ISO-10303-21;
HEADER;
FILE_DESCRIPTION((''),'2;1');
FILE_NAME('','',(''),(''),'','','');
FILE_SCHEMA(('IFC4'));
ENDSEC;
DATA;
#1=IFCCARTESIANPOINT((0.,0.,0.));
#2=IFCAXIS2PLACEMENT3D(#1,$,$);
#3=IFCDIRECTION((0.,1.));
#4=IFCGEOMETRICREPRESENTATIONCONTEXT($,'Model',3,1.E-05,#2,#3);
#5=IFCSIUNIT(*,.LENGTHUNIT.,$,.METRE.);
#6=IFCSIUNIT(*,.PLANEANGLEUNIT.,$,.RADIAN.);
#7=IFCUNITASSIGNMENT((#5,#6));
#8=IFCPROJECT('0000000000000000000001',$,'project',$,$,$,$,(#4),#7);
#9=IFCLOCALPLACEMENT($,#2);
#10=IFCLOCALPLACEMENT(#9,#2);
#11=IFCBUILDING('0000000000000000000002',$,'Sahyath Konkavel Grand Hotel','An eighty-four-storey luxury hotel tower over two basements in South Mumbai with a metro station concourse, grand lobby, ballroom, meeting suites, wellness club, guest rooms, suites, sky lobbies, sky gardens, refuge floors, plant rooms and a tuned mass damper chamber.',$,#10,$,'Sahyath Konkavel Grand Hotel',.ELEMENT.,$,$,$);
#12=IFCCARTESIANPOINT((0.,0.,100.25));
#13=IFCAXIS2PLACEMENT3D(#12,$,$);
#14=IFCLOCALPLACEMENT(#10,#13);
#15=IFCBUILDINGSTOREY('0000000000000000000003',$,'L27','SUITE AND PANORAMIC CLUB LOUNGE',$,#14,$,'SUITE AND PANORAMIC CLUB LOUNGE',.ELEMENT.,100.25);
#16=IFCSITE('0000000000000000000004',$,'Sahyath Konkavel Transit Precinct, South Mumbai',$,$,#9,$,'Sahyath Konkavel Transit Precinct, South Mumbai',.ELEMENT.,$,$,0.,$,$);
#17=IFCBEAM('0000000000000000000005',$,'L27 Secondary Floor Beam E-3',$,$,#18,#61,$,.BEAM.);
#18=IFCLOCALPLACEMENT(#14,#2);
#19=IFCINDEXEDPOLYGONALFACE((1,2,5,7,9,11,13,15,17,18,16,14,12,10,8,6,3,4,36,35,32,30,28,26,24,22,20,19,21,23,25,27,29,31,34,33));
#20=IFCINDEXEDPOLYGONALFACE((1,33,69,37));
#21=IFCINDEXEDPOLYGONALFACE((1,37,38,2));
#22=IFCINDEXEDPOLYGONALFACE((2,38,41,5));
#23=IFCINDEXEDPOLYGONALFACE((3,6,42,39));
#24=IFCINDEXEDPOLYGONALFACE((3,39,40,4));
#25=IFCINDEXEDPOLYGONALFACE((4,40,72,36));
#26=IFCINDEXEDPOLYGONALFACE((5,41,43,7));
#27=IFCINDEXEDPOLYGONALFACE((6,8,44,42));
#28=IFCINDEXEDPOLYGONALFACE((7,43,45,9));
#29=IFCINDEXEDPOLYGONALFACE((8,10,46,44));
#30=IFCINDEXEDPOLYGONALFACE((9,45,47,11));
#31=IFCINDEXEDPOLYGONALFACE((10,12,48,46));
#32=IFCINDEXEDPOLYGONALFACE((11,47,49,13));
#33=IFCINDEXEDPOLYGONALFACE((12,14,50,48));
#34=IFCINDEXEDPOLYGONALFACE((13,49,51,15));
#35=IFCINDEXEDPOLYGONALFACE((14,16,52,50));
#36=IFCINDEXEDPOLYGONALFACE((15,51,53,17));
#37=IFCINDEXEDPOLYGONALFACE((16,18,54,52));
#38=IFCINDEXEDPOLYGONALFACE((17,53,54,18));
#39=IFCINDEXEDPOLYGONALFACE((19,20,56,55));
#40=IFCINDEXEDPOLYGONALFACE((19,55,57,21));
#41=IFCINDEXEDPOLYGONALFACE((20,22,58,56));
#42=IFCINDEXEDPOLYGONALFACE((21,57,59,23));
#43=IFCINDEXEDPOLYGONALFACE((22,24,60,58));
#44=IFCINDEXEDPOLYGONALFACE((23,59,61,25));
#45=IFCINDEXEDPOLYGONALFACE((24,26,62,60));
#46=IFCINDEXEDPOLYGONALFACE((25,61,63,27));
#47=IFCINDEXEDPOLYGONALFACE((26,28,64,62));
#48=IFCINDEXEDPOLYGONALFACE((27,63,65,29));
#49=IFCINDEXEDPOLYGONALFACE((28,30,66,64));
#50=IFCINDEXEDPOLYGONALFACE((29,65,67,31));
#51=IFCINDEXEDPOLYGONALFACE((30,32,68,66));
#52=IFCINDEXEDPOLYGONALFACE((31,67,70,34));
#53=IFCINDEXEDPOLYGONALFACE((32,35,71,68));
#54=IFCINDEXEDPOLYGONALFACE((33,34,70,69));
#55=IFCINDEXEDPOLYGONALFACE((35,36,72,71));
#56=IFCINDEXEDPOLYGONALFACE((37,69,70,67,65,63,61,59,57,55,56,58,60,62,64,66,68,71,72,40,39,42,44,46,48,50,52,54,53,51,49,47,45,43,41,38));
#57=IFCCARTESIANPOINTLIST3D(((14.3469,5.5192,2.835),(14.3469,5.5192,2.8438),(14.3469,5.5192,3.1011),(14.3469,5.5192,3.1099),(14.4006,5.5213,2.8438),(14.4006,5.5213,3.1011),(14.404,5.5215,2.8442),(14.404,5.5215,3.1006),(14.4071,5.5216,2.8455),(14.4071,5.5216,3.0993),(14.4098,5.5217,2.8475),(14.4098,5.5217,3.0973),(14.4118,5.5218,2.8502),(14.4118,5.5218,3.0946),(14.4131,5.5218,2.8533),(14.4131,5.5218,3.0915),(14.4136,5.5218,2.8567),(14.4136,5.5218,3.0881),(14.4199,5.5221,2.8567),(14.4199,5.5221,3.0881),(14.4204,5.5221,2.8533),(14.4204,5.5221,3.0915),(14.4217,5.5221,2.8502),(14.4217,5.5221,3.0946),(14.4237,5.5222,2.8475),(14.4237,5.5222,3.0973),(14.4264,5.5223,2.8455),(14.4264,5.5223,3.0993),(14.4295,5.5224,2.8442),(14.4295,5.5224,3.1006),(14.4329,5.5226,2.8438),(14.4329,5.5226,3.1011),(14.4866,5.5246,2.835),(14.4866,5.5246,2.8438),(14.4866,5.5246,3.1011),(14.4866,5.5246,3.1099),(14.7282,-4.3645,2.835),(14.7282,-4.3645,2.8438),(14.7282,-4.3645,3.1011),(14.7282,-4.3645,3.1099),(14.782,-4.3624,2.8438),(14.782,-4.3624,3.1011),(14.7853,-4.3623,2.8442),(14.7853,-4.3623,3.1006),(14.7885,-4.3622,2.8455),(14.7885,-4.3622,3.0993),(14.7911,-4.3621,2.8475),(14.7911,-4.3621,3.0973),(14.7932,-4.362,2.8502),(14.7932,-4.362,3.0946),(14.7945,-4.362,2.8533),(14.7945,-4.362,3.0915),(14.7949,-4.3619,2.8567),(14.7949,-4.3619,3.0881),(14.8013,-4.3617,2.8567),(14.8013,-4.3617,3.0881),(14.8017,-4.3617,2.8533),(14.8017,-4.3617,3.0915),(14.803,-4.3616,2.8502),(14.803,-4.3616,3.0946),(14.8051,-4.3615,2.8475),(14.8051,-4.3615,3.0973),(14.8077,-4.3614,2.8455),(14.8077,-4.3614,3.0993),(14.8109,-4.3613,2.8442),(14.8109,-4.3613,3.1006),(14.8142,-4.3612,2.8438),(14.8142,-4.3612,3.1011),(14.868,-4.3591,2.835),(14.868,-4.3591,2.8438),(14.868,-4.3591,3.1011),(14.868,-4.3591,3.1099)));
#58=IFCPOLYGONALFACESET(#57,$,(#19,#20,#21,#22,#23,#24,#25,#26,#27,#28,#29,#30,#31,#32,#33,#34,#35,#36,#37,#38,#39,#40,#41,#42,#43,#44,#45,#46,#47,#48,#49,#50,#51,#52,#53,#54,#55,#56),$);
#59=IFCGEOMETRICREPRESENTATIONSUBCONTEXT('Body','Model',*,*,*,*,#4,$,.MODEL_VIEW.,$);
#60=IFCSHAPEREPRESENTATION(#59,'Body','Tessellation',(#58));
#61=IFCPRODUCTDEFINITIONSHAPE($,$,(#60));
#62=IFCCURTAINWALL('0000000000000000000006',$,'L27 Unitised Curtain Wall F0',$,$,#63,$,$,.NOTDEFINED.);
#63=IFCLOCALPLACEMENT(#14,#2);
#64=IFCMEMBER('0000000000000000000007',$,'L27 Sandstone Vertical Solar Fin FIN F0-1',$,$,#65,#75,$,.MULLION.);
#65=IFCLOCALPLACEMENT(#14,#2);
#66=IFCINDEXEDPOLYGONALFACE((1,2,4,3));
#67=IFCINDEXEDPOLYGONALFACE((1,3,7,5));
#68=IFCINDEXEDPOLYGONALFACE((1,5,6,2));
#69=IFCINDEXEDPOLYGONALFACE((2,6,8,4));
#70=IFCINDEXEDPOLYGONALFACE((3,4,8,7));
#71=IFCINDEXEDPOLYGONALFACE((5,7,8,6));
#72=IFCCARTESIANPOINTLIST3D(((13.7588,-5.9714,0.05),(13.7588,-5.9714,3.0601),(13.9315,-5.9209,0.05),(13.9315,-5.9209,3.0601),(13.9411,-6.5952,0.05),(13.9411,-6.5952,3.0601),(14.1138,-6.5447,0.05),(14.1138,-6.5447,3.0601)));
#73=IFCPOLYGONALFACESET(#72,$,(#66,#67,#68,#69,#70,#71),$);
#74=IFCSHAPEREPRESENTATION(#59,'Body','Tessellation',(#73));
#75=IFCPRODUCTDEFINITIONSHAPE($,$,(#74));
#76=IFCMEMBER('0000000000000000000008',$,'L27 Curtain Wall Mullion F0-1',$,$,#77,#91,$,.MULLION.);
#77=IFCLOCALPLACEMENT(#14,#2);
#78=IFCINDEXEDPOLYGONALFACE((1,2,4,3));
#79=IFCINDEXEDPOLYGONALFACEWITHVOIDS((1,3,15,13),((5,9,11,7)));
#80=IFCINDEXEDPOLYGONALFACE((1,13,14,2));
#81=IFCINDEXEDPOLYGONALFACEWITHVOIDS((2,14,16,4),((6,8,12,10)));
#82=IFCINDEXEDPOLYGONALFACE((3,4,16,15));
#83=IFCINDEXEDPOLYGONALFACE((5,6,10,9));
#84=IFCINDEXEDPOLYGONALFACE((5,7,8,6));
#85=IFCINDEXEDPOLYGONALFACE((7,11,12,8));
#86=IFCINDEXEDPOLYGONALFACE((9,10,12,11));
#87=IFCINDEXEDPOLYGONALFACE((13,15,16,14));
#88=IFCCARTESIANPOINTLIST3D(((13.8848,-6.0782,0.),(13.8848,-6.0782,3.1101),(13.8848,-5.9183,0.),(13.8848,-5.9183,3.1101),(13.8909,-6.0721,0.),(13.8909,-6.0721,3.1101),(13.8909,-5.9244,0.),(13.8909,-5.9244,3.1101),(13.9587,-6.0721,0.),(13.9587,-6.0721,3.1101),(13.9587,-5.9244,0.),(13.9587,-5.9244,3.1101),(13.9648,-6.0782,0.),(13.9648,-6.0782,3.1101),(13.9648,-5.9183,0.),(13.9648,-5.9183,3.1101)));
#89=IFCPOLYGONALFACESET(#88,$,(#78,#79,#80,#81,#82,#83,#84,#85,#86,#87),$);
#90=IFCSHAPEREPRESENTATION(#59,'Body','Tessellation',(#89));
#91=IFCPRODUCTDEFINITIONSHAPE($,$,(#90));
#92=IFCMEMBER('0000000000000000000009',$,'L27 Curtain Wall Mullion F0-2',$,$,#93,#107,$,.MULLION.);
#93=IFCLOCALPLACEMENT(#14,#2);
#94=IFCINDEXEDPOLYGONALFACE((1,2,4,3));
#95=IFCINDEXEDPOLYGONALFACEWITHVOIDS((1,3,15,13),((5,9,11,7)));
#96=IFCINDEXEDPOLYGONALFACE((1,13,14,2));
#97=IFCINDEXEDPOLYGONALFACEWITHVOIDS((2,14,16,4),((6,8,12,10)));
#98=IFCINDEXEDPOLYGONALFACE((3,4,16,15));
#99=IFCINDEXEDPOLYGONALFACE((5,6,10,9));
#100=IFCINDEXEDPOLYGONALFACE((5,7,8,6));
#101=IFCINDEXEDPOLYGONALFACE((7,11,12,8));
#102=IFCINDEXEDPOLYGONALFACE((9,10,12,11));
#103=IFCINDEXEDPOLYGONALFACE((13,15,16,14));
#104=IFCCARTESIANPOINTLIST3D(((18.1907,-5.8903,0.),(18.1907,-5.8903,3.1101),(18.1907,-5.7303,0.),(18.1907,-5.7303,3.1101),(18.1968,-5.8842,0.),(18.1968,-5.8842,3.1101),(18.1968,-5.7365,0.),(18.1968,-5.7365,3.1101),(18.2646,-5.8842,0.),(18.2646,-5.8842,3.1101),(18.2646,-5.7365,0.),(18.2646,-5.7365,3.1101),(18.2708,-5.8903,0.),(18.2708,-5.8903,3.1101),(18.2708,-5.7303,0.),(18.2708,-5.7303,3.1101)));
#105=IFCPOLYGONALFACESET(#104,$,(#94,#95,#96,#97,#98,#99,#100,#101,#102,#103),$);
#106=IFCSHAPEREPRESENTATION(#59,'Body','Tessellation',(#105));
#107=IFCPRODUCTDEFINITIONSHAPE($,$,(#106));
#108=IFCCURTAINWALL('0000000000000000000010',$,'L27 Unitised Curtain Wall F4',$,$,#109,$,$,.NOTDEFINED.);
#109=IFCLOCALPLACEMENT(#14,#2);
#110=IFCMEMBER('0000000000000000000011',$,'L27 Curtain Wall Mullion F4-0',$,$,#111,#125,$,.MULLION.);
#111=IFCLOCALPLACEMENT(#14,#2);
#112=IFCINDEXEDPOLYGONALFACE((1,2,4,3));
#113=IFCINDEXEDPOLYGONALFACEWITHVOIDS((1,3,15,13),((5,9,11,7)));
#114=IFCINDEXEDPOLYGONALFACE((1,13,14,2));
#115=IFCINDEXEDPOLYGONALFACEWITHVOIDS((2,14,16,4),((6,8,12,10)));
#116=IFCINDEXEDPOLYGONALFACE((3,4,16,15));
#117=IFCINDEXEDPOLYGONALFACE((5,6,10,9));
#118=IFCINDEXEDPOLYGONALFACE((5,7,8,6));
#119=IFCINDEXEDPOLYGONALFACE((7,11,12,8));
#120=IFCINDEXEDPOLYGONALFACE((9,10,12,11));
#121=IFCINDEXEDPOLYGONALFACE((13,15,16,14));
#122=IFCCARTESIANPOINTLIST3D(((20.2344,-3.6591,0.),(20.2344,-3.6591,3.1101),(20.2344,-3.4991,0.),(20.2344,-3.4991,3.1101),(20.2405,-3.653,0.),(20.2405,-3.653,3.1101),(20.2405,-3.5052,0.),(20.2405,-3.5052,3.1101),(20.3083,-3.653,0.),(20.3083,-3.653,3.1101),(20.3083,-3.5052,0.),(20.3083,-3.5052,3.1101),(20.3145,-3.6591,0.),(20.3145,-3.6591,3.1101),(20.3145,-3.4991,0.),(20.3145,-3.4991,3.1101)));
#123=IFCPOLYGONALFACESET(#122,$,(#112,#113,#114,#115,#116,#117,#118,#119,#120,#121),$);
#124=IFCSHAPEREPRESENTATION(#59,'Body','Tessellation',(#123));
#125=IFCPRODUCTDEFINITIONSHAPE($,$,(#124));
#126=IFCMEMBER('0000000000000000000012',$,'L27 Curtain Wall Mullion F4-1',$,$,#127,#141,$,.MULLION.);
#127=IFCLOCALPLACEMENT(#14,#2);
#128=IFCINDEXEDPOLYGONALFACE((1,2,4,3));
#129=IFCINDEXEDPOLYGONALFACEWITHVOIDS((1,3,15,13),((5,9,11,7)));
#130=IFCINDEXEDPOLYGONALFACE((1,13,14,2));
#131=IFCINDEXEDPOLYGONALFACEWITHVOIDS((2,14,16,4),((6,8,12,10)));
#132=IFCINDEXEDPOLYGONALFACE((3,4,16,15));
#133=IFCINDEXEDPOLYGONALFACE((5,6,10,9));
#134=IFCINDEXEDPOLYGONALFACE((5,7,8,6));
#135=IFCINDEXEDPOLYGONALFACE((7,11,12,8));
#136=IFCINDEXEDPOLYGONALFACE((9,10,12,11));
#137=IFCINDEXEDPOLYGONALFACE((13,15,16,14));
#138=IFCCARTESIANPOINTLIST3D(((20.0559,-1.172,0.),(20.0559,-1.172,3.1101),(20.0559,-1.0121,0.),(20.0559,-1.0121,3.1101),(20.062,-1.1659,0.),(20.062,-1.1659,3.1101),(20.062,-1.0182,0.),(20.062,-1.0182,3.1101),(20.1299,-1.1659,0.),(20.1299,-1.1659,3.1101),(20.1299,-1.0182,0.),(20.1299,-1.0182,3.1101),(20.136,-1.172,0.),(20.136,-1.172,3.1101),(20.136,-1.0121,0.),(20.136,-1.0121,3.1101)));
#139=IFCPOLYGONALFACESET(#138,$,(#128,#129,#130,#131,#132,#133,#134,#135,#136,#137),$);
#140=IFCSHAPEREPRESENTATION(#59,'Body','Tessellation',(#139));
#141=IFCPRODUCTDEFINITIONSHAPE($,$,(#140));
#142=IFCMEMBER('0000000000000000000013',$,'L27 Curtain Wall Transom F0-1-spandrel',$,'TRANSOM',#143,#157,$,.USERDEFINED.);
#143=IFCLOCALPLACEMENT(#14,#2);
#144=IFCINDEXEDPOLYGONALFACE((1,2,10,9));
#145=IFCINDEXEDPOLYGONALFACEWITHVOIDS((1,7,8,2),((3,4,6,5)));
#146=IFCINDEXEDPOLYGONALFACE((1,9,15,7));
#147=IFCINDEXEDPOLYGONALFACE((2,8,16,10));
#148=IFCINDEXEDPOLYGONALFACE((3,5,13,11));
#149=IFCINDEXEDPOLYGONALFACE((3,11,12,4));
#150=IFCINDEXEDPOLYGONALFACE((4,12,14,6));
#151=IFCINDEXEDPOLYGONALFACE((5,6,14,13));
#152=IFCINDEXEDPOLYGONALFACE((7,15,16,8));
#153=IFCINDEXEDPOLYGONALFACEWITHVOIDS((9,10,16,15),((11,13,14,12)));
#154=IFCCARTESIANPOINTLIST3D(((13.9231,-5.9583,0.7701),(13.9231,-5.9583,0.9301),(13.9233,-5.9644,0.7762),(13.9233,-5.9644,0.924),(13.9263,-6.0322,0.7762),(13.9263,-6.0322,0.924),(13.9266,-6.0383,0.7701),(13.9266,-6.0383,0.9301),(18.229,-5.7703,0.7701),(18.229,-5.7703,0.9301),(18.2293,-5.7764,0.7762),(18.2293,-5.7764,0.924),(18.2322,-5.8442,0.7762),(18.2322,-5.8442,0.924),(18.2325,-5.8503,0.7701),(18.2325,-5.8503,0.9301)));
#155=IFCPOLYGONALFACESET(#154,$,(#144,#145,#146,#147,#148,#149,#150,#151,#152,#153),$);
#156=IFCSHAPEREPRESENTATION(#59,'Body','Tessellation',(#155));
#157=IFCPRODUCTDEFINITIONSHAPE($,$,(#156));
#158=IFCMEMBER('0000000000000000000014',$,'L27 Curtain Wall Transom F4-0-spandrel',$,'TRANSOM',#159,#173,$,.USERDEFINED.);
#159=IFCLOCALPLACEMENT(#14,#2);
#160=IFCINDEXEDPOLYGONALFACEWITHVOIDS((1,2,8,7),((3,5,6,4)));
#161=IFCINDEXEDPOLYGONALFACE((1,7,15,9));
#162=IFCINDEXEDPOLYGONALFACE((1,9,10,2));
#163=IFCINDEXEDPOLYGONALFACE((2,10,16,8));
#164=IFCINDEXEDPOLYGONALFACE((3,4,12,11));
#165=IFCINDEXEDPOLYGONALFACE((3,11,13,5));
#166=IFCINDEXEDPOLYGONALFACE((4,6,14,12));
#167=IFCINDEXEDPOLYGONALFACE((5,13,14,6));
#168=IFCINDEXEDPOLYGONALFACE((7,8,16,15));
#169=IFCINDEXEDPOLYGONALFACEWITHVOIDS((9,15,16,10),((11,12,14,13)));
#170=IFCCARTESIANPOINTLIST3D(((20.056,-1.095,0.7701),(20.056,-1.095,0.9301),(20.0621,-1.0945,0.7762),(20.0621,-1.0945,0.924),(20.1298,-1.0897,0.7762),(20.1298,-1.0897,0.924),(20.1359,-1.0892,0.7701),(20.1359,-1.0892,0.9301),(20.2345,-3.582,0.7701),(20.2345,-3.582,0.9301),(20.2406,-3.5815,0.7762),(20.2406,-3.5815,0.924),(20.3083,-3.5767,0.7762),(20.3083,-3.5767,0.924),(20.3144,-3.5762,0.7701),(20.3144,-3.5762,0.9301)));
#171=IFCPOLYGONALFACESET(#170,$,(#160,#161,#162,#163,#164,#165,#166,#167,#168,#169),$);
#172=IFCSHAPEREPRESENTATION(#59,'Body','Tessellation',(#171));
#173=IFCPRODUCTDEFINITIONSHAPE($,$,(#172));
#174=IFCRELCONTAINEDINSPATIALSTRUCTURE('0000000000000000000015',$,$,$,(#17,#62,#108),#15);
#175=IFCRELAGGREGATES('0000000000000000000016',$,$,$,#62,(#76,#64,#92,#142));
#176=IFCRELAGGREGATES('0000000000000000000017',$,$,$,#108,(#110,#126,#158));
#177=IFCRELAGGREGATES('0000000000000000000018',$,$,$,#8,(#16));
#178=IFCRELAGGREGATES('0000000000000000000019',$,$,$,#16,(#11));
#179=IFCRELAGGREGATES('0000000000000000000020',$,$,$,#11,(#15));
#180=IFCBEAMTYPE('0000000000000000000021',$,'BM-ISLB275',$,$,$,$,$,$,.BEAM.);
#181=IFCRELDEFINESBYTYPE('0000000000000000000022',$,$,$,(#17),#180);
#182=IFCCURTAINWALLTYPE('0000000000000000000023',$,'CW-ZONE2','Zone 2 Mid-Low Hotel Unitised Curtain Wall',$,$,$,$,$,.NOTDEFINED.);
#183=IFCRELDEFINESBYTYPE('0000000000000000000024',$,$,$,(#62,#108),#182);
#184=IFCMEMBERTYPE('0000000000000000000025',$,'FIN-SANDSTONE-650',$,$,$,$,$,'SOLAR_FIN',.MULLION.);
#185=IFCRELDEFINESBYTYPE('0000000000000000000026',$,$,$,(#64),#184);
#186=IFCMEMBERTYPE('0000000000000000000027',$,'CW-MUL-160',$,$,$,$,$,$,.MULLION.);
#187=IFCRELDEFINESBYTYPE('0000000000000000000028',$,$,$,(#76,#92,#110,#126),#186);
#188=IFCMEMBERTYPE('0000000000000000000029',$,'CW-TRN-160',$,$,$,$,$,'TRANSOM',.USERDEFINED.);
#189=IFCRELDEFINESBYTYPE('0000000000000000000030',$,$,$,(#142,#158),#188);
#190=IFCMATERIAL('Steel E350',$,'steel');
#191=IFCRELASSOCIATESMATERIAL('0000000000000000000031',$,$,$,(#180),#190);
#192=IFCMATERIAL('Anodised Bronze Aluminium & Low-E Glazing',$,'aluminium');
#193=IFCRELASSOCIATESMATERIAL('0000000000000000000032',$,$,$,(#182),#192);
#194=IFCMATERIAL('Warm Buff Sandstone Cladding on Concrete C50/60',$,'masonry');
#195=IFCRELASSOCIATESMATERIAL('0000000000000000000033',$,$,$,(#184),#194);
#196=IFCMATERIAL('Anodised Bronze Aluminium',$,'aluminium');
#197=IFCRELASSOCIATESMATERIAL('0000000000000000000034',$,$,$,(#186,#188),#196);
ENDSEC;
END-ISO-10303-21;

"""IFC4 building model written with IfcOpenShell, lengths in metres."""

from ifc_helpers import new_model, si_unit, direction, frame, origin, origin_2d, place, context, subcontext, project, spatial, rectangle, hollow_rectangle, i_section, extrude, source, transform, mapped, material, material_profile, profile_set, type_object, element, aggregate, save


model = new_model("IFC4")

# Units and contexts
model_context = context("Model", 3, precision=1e-05, world=origin(), true_north=direction((0.0, 1.0)))
body_context = subcontext(model_context, "Body", "Model", "MODEL_VIEW")
ifc_project = project(units=[si_unit("LENGTHUNIT", "METRE"), si_unit("PLANEANGLEUNIT", "RADIAN")], contexts=[model_context])

# Site, building, storey
site_placement = place(None, origin())
site = spatial("IfcSite", under=ifc_project, at=site_placement, Name="Sahyath Konkavel Transit Precinct, South Mumbai", LongName="Sahyath Konkavel Transit Precinct, South Mumbai", CompositionType="ELEMENT", RefElevation=0.0)
building_placement = place(site_placement, origin())
building = spatial("IfcBuilding", under=site, at=building_placement, Name="Sahyath Konkavel Grand Hotel", Description="An eighty-four-storey luxury hotel tower over two basements in South Mumbai with a metro station concourse, grand lobby, ballroom, meeting suites, wellness club, guest rooms, suites, sky lobbies, sky gardens, refuge floors, plant rooms and a tuned mass damper chamber.", LongName="Sahyath Konkavel Grand Hotel", CompositionType="ELEMENT")
storey_placement = place(building_placement, frame((0.0, 0.0, 100.25)))
storey = spatial("IfcBuildingStorey", under=building, at=storey_placement, Name="L27", Description="SUITE AND PANORAMIC CLUB LOUNGE", LongName="SUITE AND PANORAMIC CLUB LOUNGE", CompositionType="ELEMENT", Elevation=100.25)

# Beam
ifc_material_1 = material(Name="Steel E350", Category="steel")
ifc_material_profile_1 = material_profile(ifc_material_1, i_section(OverallWidth=0.1399, OverallDepth=0.2749, WebThickness=0.0063, FlangeThickness=0.0088, FilletRadius=0.0129, at=origin_2d()), Name="ISLB 275")
ifc_profile_set_1 = profile_set([ifc_material_profile_1], Name="Steel E350")
beam_type_1 = type_object("IfcBeamType", Name="BM-ISLB275", PredefinedType="BEAM", material=ifc_profile_set_1)
shared_shape_1 = source(origin(), body_context, "Body", "SweptSolid", [
    extrude(i_section(OverallWidth=0.1399, OverallDepth=0.2749, WebThickness=0.0063, FlangeThickness=0.0088, FilletRadius=0.0129, at=origin_2d()), origin(), (0.0, 0.0, 1.0), 9.8911),
])
beam_1_placement = place(storey_placement, frame((14.7981, -4.3618, 2.9724), z_axis=(-0.038554, 0.999257, 0.0), x_axis=(-0.999257, -0.038554, 0.0)))
element("IfcBeam", 1, at=beam_1_placement, inside=storey, type_object=beam_type_1, Name="L27 Secondary Floor Beam E-3", PredefinedType="BEAM", context=body_context, shape_type="MappedRepresentation", body=[
    mapped(shared_shape_1, transform((0.0, 0.0, 0.0), scale=1.0)),
])

# Curtain walls, members
ifc_material_2 = material(Name="Anodised Bronze Aluminium & Low-E Glazing", Category="aluminium")
curtain_wall_type = type_object("IfcCurtainWallType", Name="CW-ZONE2", Description="Zone 2 Mid-Low Hotel Unitised Curtain Wall", PredefinedType="NOTDEFINED", material=ifc_material_2)
curtain_wall_1_placement = place(storey_placement, origin())
curtain_wall_1 = element("IfcCurtainWall", 2, at=curtain_wall_1_placement, inside=storey, type_object=curtain_wall_type, Name="L27 Unitised Curtain Wall F0", PredefinedType="NOTDEFINED")
ifc_material_3 = material(Name="Warm Buff Sandstone Cladding on Concrete C50/60", Category="masonry")
ifc_material_profile_2 = material_profile(ifc_material_3, rectangle(XDim=0.1799, YDim=0.6499, at=origin_2d()), Name="FIN 180x650")
ifc_profile_set_2 = profile_set([ifc_material_profile_2], Name="Warm Buff Sandstone Cladding on Concrete C50/60")
member_type_1 = type_object("IfcMemberType", Name="FIN-SANDSTONE-650", ElementType="SOLAR_FIN", PredefinedType="MULLION", material=ifc_profile_set_2)
shared_shape_2 = source(origin(), body_context, "Body", "SweptSolid", [
    extrude(rectangle(XDim=0.1799, YDim=0.6499, at=origin_2d()), origin(), (0.0, 0.0, 1.0), 3.01),
])
member_1_placement = place(storey_placement, frame((13.9363, -6.2581, 0.05), z_axis=(0.0, 0.0, 1.0), x_axis=(0.959854, 0.280499, 0.0)))
member_1 = element("IfcMember", 3, at=member_1_placement, type_object=member_type_1, Name="L27 Sandstone Vertical Solar Fin FIN F0-1", PredefinedType="MULLION", context=body_context, shape_type="MappedRepresentation", body=[
    mapped(shared_shape_2, transform((0.0, 0.0, 0.0), scale=1.0)),
])
ifc_material_4 = material(Name="Anodised Bronze Aluminium", Category="aluminium")
ifc_material_profile_3 = material_profile(ifc_material_4, hollow_rectangle(XDim=0.0801, YDim=0.1599, WallThickness=0.0061, at=origin_2d()), Name="RHS 160x80x6")
ifc_profile_set_3 = profile_set([ifc_material_profile_3], Name="Anodised Bronze Aluminium")
member_type_2 = type_object("IfcMemberType", Name="CW-MUL-160", PredefinedType="MULLION", material=ifc_profile_set_3)
shared_shape_3 = source(origin(), body_context, "Body", "SweptSolid", [
    extrude(hollow_rectangle(XDim=0.0801, YDim=0.1599, WallThickness=0.0061, at=origin_2d()), origin(), (0.0, 0.0, 1.0), 3.1101),
])
member_2_placement = place(storey_placement, frame((13.9248, -5.9983, 0.0), z_axis=(0.0, 0.0, 1.0), x_axis=(1.0, 0.0, 0.0)))
member_2 = element("IfcMember", 4, at=member_2_placement, type_object=member_type_2, Name="L27 Curtain Wall Mullion F0-1", PredefinedType="MULLION", context=body_context, shape_type="MappedRepresentation", body=[
    mapped(shared_shape_3, transform((0.0, 0.0, 0.0), scale=1.0)),
])
member_3_placement = place(storey_placement, frame((18.2307, -5.8103, 0.0), z_axis=(0.0, 0.0, 1.0), x_axis=(1.0, 0.0, 0.0)))
member_3 = element("IfcMember", 5, at=member_3_placement, type_object=member_type_2, Name="L27 Curtain Wall Mullion F0-2", PredefinedType="MULLION", context=body_context, shape_type="MappedRepresentation", body=[
    mapped(shared_shape_3, transform((0.0, 0.0, 0.0), scale=1.0)),
])
curtain_wall_2_placement = place(storey_placement, origin())
curtain_wall_2 = element("IfcCurtainWall", 6, at=curtain_wall_2_placement, inside=storey, type_object=curtain_wall_type, Name="L27 Unitised Curtain Wall F4", PredefinedType="NOTDEFINED")
member_4_placement = place(storey_placement, frame((20.2744, -3.5791, 0.0), z_axis=(0.0, 0.0, 1.0), x_axis=(1.0, 0.0, 0.0)))
member_4 = element("IfcMember", 7, at=member_4_placement, type_object=member_type_2, Name="L27 Curtain Wall Mullion F4-0", PredefinedType="MULLION", context=body_context, shape_type="MappedRepresentation", body=[
    mapped(shared_shape_3, transform((0.0, 0.0, 0.0), scale=1.0)),
])
member_5_placement = place(storey_placement, frame((20.0959, -1.092, 0.0), z_axis=(0.0, 0.0, 1.0), x_axis=(1.0, 0.0, 0.0)))
member_5 = element("IfcMember", 8, at=member_5_placement, type_object=member_type_2, Name="L27 Curtain Wall Mullion F4-1", PredefinedType="MULLION", context=body_context, shape_type="MappedRepresentation", body=[
    mapped(shared_shape_3, transform((0.0, 0.0, 0.0), scale=1.0)),
])

# Members
ifc_material_profile_4 = material_profile(ifc_material_4, hollow_rectangle(XDim=0.0801, YDim=0.1599, WallThickness=0.0061, at=origin_2d()), Name="RHS 160x80x6")
ifc_profile_set_4 = profile_set([ifc_material_profile_4], Name="Anodised Bronze Aluminium")
member_type_3 = type_object("IfcMemberType", Name="CW-TRN-160", ElementType="TRANSOM", PredefinedType="USERDEFINED", material=ifc_profile_set_4)
shared_shape_4 = source(origin(), body_context, "Body", "SweptSolid", [
    extrude(hollow_rectangle(XDim=0.0801, YDim=0.1599, WallThickness=0.0061, at=origin_2d()), origin(), (0.0, 0.0, 1.0), 4.3101),
])
member_6_placement = place(storey_placement, frame((13.9248, -5.9983, 0.8501), z_axis=(0.999048, 0.043617, 0.0), x_axis=(-0.043617, 0.999048, 0.0)))
member_6 = element("IfcMember", 9, at=member_6_placement, type_object=member_type_3, Name="L27 Curtain Wall Transom F0-1-spandrel", ObjectType="TRANSOM", PredefinedType="USERDEFINED", context=body_context, shape_type="MappedRepresentation", body=[
    mapped(shared_shape_4, transform((0.0, 0.0, 0.0), scale=1.0)),
])
shared_shape_5 = source(origin(), body_context, "Body", "SweptSolid", [
    extrude(hollow_rectangle(XDim=0.0801, YDim=0.1599, WallThickness=0.0061, at=origin_2d()), origin(), (0.0, 0.0, 1.0), 2.4934),
])
member_7_placement = place(storey_placement, frame((20.2744, -3.5791, 0.8501), z_axis=(-0.071574, 0.997435, 0.0), x_axis=(-0.997435, -0.071574, 0.0)))
member_7 = element("IfcMember", 10, at=member_7_placement, type_object=member_type_3, Name="L27 Curtain Wall Transom F4-0-spandrel", ObjectType="TRANSOM", PredefinedType="USERDEFINED", context=body_context, shape_type="MappedRepresentation", body=[
    mapped(shared_shape_5, transform((0.0, 0.0, 0.0), scale=1.0)),
])

aggregate(curtain_wall_1, [member_2, member_1, member_3, member_6])
aggregate(curtain_wall_2, [member_4, member_5, member_7])

save(model, "model.ifc")
